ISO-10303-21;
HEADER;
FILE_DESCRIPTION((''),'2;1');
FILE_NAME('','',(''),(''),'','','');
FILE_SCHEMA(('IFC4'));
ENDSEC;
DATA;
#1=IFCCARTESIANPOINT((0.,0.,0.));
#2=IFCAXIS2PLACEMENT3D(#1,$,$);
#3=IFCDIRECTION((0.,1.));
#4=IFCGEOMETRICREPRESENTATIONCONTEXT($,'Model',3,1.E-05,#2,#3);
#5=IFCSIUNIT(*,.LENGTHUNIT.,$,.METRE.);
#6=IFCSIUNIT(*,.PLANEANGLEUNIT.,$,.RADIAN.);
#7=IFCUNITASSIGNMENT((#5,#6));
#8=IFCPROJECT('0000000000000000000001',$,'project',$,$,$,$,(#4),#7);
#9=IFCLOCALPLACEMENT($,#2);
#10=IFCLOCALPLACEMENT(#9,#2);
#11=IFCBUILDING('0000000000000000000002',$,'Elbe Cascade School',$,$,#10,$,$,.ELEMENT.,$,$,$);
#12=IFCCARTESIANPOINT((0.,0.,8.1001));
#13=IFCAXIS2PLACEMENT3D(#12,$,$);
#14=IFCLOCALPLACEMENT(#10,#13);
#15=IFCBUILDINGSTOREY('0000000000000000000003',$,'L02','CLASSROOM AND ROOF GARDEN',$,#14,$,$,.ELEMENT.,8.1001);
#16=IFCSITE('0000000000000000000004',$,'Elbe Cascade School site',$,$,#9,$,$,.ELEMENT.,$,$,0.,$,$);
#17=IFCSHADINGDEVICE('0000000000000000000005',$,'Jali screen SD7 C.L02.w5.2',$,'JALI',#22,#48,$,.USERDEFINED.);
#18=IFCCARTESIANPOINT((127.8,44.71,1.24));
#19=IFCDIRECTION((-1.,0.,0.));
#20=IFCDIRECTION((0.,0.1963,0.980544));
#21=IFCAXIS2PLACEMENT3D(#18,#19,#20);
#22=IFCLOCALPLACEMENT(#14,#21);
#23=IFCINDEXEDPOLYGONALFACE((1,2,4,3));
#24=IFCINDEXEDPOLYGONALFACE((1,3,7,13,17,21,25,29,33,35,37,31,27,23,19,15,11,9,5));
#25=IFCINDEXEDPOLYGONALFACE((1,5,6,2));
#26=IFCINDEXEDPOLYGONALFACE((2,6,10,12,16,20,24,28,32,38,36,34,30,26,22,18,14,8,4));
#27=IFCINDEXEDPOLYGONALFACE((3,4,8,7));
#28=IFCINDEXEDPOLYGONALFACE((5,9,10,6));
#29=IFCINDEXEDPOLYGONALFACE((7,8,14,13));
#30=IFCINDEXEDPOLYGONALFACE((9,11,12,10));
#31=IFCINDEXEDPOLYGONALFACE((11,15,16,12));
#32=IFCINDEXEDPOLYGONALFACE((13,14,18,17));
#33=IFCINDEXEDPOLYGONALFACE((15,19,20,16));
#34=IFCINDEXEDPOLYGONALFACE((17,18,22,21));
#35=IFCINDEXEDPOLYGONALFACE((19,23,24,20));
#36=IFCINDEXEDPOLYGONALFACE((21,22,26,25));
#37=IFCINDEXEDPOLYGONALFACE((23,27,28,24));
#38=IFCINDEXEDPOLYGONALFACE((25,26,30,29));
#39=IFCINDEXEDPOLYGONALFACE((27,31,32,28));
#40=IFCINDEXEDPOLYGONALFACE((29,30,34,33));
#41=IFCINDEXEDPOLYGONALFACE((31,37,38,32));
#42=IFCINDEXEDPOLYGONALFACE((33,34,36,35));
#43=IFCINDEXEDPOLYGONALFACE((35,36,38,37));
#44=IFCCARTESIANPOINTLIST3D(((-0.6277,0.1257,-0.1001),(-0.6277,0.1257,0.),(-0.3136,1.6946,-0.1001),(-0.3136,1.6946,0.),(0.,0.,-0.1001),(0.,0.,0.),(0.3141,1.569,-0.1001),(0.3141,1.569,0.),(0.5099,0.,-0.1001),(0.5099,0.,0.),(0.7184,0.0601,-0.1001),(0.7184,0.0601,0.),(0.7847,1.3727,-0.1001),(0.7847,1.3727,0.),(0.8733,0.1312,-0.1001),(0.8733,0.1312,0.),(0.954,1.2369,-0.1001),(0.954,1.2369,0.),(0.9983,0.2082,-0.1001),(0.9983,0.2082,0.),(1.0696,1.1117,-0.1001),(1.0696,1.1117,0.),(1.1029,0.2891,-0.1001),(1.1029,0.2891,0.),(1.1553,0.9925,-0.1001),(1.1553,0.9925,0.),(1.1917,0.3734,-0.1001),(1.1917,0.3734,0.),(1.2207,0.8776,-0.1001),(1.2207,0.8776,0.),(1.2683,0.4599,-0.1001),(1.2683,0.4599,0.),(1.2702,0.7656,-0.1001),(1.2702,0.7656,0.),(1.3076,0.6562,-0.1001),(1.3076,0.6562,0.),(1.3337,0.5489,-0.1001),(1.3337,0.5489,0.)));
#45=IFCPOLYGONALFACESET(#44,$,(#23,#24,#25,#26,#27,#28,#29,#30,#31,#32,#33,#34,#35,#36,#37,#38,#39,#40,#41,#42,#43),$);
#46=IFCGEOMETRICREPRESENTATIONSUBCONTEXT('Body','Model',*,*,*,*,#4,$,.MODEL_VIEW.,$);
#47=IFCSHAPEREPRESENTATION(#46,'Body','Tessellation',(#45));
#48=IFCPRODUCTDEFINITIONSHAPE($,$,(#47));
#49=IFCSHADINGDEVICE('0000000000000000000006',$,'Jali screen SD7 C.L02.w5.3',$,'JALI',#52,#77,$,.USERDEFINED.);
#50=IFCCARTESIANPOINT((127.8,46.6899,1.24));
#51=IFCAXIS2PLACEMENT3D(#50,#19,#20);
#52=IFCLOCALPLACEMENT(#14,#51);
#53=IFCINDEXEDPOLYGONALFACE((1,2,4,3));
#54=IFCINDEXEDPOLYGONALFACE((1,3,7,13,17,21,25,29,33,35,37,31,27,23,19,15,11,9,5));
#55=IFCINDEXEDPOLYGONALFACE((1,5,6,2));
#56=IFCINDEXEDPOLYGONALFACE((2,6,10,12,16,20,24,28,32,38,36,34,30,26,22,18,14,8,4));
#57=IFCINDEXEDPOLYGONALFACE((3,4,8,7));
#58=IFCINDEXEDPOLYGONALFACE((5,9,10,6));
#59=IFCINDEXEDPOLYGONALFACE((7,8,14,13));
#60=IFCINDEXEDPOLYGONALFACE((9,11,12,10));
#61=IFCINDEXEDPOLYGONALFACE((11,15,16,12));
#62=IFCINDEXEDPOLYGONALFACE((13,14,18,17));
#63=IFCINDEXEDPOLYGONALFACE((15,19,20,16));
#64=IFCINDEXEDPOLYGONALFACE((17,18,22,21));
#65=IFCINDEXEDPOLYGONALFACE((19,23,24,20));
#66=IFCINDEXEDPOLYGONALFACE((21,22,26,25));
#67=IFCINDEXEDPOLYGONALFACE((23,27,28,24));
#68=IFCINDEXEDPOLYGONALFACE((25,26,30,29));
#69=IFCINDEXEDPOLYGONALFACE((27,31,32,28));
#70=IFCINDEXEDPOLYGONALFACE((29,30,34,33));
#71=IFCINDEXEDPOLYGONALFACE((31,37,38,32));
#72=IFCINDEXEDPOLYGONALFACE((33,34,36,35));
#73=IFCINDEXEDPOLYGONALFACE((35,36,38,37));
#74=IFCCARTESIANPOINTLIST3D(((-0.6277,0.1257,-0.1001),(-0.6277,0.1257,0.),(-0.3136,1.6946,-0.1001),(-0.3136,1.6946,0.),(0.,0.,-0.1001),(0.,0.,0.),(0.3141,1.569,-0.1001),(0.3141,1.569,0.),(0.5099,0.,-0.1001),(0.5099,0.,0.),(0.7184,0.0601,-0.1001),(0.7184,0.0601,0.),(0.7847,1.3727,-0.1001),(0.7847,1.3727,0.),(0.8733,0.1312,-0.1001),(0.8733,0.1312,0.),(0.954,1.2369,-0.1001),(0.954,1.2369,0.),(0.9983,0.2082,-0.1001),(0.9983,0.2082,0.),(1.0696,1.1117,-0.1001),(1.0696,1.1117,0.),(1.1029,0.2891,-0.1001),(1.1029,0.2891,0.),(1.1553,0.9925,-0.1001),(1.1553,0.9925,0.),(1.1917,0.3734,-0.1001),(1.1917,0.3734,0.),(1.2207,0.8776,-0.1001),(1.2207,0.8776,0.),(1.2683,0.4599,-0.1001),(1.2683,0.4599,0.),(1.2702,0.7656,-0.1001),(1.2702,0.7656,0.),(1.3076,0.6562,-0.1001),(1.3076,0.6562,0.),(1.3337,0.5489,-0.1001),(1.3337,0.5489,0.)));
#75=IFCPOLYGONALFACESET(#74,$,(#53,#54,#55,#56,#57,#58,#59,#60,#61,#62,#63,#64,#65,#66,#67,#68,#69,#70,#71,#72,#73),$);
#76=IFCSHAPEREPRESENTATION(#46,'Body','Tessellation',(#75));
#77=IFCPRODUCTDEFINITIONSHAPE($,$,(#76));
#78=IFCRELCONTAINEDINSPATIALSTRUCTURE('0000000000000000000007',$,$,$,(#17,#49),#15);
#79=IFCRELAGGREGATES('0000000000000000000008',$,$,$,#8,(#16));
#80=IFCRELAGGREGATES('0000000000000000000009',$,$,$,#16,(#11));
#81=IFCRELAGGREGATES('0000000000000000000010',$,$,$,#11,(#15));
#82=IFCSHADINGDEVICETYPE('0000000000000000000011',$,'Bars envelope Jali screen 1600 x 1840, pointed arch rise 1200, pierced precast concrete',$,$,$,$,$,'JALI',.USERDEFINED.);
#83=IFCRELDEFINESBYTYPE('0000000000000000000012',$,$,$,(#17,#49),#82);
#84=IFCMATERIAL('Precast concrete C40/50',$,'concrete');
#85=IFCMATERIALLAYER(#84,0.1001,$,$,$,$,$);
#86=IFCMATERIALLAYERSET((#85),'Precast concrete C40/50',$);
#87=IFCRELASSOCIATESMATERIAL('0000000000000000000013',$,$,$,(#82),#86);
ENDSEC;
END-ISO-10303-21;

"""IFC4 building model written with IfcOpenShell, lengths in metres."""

from ifc_helpers import new_model, si_unit, direction, frame, origin, place, context, subcontext, project, spatial, polyline, outline, extrude, material, layer, layer_set, type_object, element, save


model = new_model("IFC4")

# Units and contexts
model_context = context("Model", 3, precision=1e-05, world=origin(), true_north=direction((0.0, 1.0)))
body_context = subcontext(model_context, "Body", "Model", "MODEL_VIEW")
ifc_project = project(units=[si_unit("LENGTHUNIT", "METRE"), si_unit("PLANEANGLEUNIT", "RADIAN")], contexts=[model_context])

# Site, building, storey
site_placement = place(None, origin())
site = spatial("IfcSite", under=ifc_project, at=site_placement, Name="Elbe Cascade School site", CompositionType="ELEMENT", RefElevation=0.0)
building_placement = place(site_placement, origin())
building = spatial("IfcBuilding", under=site, at=building_placement, Name="Elbe Cascade School", CompositionType="ELEMENT")
storey_placement = place(building_placement, frame((0.0, 0.0, 8.1001)))
storey = spatial("IfcBuildingStorey", under=building, at=storey_placement, Name="L02", Description="CLASSROOM AND ROOF GARDEN", CompositionType="ELEMENT", Elevation=8.1001)

# Shading devices
ifc_material_1 = material(Name="Precast concrete C40/50", Category="concrete")
ifc_layer = layer(ifc_material_1, 0.1001)
ifc_layer_set = layer_set([ifc_layer], Name="Precast concrete C40/50")
shading_device_type = type_object("IfcShadingDeviceType", Name="Bars envelope Jali screen 1600 x 1840, pointed arch rise 1200, pierced precast concrete", ElementType="JALI", PredefinedType="USERDEFINED", material=ifc_layer_set)
for number, where, z_axis, x_axis, name in (
    (1, (127.8, 44.71, 1.24), (-1.0, 0.0, 0.0), (0.0, 0.1963, 0.980544), "Jali screen SD7 C.L02.w5.2"),
    (2, (127.8, 46.6899, 1.24), (-1.0, 0.0, 0.0), (0.0, 0.1963, 0.980544), "Jali screen SD7 C.L02.w5.3"),
):
    element("IfcShadingDevice", number, at=place(storey_placement, frame(where, z_axis=z_axis, x_axis=x_axis)), inside=storey, type_object=shading_device_type, Name=name, ObjectType="JALI", PredefinedType="USERDEFINED", context=body_context, shape_type="SweptSolid", body=[
        extrude(outline(polyline([(0.0, 0.0), (0.5099, 0.0), (0.7184, 0.0601), (0.8733, 0.1312), (0.9983, 0.2082), (1.1029, 0.2891), (1.1917, 0.3734), (1.2683, 0.4599), (1.3337, 0.5489), (1.3076, 0.6562), (1.2702, 0.7656), (1.2207, 0.8776), (1.1553, 0.9925), (1.0696, 1.1117), (0.954, 1.2369), (0.7847, 1.3727), (0.3141, 1.569), (-0.3136, 1.6946), (-0.6277, 0.1257), (0.0, 0.0)])), origin(), (0.0, 0.0, -1.0), 0.1001),
    ])

save(model, "model.ifc")
